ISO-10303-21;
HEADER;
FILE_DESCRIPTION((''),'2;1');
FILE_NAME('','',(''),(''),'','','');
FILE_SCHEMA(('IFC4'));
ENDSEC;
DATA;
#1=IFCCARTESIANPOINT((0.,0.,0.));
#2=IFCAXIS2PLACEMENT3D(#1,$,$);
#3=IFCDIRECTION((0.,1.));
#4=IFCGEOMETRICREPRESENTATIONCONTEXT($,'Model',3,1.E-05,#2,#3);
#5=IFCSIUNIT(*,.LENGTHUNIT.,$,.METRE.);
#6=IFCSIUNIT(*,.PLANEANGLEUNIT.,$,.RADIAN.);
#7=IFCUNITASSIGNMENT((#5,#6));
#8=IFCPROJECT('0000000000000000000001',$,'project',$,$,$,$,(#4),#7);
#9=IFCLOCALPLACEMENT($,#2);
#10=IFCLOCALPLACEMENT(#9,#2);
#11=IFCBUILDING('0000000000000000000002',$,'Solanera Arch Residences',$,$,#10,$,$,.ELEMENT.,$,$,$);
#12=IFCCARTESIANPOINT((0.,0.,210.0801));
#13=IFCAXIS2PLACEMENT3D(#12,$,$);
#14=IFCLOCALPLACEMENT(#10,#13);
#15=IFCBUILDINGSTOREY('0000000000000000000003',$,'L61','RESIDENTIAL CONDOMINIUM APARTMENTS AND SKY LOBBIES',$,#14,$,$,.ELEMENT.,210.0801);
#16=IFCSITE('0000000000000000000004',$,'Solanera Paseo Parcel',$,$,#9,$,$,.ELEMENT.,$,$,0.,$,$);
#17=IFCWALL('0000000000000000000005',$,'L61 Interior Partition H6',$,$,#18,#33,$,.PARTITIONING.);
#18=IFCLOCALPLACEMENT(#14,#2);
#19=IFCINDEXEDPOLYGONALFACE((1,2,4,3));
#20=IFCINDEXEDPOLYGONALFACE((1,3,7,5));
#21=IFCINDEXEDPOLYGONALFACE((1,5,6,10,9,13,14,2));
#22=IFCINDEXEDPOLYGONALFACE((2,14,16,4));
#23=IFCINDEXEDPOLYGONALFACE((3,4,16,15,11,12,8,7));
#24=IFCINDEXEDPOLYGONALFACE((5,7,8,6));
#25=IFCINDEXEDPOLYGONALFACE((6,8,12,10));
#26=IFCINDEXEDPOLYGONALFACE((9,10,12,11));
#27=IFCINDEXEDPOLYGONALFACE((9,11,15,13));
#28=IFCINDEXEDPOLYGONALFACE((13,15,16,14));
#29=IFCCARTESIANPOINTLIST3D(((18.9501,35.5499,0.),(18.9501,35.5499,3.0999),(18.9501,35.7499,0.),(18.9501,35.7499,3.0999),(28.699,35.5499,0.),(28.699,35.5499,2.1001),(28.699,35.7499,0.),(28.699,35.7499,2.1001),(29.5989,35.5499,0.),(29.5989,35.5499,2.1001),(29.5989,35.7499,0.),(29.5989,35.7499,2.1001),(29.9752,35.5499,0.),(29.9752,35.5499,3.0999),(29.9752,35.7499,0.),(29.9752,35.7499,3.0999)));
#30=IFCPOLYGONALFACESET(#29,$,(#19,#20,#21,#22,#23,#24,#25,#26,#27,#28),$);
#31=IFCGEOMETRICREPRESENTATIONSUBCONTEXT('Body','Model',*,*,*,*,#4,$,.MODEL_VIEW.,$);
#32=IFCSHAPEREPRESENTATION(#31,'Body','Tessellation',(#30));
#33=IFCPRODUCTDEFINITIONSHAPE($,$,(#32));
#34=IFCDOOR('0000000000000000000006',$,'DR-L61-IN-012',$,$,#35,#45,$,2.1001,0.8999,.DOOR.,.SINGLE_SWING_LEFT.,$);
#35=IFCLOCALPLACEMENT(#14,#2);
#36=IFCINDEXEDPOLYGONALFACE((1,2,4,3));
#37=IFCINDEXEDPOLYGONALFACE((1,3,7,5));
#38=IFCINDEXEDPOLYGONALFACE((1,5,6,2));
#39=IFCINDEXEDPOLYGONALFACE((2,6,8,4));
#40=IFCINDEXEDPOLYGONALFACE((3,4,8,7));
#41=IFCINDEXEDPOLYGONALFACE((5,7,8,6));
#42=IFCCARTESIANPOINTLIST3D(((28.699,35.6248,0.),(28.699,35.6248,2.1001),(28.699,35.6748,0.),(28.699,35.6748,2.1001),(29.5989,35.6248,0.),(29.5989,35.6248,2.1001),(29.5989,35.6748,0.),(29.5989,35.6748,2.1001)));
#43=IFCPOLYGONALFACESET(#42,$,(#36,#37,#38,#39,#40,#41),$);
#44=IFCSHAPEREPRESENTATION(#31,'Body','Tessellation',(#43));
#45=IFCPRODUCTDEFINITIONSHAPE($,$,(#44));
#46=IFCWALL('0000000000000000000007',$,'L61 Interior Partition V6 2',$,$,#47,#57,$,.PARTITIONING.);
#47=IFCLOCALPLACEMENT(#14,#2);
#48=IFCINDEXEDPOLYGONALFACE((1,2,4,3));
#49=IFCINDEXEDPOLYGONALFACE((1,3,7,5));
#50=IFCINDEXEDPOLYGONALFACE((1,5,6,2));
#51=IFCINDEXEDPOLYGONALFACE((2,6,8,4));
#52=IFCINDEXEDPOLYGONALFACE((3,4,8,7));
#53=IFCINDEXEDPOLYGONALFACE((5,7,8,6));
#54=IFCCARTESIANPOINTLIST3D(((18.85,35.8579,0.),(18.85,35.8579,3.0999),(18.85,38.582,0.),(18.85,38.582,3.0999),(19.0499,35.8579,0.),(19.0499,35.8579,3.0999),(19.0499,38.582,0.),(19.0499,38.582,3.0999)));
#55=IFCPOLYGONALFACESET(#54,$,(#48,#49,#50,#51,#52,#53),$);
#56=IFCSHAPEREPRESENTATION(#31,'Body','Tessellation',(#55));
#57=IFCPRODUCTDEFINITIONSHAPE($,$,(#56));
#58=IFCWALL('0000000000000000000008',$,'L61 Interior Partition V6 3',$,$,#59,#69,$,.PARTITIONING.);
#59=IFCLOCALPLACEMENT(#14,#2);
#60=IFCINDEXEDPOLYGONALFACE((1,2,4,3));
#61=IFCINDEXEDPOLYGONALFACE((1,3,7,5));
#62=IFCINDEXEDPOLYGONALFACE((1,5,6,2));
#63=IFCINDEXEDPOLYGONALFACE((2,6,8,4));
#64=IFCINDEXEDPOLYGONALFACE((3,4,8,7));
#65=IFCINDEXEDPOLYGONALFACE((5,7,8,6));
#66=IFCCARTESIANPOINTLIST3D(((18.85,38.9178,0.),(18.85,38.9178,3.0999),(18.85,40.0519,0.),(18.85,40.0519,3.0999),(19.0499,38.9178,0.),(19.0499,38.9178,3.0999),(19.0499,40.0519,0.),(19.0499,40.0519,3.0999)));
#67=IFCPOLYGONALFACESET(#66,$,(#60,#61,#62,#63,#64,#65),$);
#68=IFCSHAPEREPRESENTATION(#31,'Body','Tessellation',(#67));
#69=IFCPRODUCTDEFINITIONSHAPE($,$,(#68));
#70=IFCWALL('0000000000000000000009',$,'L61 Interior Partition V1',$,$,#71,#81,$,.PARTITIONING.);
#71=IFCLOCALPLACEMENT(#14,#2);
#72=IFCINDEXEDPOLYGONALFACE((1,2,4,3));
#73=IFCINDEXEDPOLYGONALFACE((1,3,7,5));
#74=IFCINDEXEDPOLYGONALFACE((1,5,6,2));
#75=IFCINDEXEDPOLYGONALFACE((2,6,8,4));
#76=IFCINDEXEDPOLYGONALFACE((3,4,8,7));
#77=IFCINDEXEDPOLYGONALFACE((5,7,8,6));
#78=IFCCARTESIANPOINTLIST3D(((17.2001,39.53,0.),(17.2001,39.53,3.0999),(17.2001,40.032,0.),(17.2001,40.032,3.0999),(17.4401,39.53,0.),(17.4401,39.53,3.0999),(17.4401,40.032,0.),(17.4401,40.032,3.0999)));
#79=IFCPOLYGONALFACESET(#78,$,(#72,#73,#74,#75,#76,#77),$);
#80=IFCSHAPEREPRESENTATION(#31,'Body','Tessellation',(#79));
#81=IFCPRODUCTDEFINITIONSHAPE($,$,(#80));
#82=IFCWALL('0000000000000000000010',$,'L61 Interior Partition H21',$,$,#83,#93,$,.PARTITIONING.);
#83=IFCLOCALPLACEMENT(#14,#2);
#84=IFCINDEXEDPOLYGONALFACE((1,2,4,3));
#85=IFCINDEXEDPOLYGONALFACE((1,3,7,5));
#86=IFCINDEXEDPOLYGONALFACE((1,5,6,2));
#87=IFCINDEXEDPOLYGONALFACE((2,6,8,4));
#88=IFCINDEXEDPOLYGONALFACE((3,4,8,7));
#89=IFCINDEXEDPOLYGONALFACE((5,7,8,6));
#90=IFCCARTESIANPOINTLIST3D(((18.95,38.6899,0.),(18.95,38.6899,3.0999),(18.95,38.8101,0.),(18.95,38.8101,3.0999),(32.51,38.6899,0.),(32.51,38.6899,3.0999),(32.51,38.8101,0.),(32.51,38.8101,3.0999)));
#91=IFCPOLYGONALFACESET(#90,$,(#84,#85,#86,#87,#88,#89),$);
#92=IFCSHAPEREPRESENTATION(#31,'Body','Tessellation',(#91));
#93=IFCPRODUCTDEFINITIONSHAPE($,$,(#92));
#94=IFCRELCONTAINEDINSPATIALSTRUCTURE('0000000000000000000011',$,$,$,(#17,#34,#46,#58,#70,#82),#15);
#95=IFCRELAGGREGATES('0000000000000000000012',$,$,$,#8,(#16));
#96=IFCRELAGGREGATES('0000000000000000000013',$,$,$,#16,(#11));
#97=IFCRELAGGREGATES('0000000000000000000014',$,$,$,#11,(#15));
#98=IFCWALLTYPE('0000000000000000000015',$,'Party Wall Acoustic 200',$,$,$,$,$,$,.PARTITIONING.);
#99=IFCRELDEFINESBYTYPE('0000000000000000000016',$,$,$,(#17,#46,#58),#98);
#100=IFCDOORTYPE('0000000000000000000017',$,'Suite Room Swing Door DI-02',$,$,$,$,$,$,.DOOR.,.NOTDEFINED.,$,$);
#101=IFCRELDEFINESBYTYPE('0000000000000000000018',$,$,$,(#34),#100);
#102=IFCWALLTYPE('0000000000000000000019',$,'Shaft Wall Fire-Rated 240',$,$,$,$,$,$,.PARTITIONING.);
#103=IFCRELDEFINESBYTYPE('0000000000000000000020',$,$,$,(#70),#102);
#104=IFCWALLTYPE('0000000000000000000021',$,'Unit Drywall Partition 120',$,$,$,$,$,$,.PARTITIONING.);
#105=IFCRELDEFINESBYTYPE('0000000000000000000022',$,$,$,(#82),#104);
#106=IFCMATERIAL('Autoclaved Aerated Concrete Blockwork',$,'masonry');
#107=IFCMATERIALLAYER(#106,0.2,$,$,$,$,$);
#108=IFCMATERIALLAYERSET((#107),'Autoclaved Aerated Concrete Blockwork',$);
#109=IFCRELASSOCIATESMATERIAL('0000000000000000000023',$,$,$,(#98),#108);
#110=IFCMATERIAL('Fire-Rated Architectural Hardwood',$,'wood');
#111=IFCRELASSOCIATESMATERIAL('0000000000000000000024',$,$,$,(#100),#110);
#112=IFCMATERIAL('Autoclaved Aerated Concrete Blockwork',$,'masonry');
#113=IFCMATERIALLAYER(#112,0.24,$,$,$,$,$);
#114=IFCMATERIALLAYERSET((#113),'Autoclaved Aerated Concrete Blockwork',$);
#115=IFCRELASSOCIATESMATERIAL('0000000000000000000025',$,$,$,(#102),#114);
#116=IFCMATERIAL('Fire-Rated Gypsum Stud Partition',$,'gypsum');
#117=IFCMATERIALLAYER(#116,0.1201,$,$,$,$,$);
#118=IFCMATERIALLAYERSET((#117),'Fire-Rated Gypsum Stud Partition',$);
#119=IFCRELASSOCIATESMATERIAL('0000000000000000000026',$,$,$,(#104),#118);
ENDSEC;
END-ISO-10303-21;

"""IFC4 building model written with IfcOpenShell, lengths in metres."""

from ifc_helpers import new_model, si_unit, direction, frame, frame_2d, origin, place, context, subcontext, project, spatial, rectangle, extrude, material, layer, layer_set, type_object, element, fill, save


model = new_model("IFC4")

# Units and contexts
model_context = context("Model", 3, precision=1e-05, world=origin(), true_north=direction((0.0, 1.0)))
body_context = subcontext(model_context, "Body", "Model", "MODEL_VIEW")
ifc_project = project(units=[si_unit("LENGTHUNIT", "METRE"), si_unit("PLANEANGLEUNIT", "RADIAN")], contexts=[model_context])

# Site, building, storey
site_placement = place(None, origin())
site = spatial("IfcSite", under=ifc_project, at=site_placement, Name="Solanera Paseo Parcel", CompositionType="ELEMENT", RefElevation=0.0)
building_placement = place(site_placement, origin())
building = spatial("IfcBuilding", under=site, at=building_placement, Name="Solanera Arch Residences", CompositionType="ELEMENT")
storey_placement = place(building_placement, frame((0.0, 0.0, 210.0801)))
storey = spatial("IfcBuildingStorey", under=building, at=storey_placement, Name="L61", Description="RESIDENTIAL CONDOMINIUM APARTMENTS AND SKY LOBBIES", CompositionType="ELEMENT", Elevation=210.0801)

# Wall, opening, door
ifc_material_1 = material(Name="Autoclaved Aerated Concrete Blockwork", Category="masonry")
ifc_layer_1 = layer(ifc_material_1, 0.2)
ifc_layer_set_1 = layer_set([ifc_layer_1], Name="Autoclaved Aerated Concrete Blockwork")
wall_type_1 = type_object("IfcWallType", Name="Party Wall Acoustic 200", PredefinedType="PARTITIONING", material=ifc_layer_set_1)
wall_1_placement = place(storey_placement, frame((18.95, 35.6499, 0.0), z_axis=(0.0, 0.0, 1.0), x_axis=(1.0, 0.0, 0.0)))
wall_1 = element("IfcWall", 1, at=wall_1_placement, inside=storey, type_object=wall_type_1, Name="L61 Interior Partition H6", PredefinedType="PARTITIONING", context=body_context, shape_type="SweptSolid", body=[
    extrude(rectangle(XDim=11.0251, YDim=0.2, at=frame_2d((5.5127, 0.0))), origin(), (0.0, 0.0, 1.0), 3.0999),
])
opening_placement = place(wall_1_placement, frame((9.749, 0.0, 0.0)))
opening = element("IfcOpeningElement", 2, at=opening_placement, cuts=wall_1, PredefinedType="OPENING", context=body_context, shape_type="SweptSolid", body=[
    extrude(rectangle(XDim=0.8999, YDim=2.1001, at=frame_2d((0.45, 1.05))), frame((0.0, 0.1101, 0.0), z_axis=(0.0, -1.0, 0.0), x_axis=(1.0, 0.0, 0.0)), (0.0, 0.0, 1.0), 0.22),
])
ifc_material_2 = material(Name="Fire-Rated Architectural Hardwood", Category="wood")
door_type = type_object("IfcDoorType", Name="Suite Room Swing Door DI-02", OperationType="NOTDEFINED", PredefinedType="DOOR", material=ifc_material_2)
door_placement = place(opening_placement, origin())
door = element("IfcDoor", 3, at=door_placement, inside=storey, type_object=door_type, Name="DR-L61-IN-012", OperationType="SINGLE_SWING_LEFT", OverallHeight=2.1001, OverallWidth=0.8999, PredefinedType="DOOR", context=body_context, shape_type="SweptSolid", body=[
    extrude(rectangle(XDim=0.8999, YDim=2.1001, at=frame_2d((0.45, 1.05))), frame((0.0, 0.0249, 0.0), z_axis=(0.0, -1.0, 0.0), x_axis=(1.0, 0.0, 0.0)), (0.0, 0.0, 1.0), 0.05),
])
fill(opening, door)

# Walls
wall_2_placement = place(storey_placement, frame((18.95, 35.8579, 0.0), z_axis=(0.0, 0.0, 1.0), x_axis=(0.0, 1.0, 0.0)))
element("IfcWall", 4, at=wall_2_placement, inside=storey, type_object=wall_type_1, Name="L61 Interior Partition V6 2", PredefinedType="PARTITIONING", context=body_context, shape_type="SweptSolid", body=[
    extrude(rectangle(XDim=2.7241, YDim=0.2, at=frame_2d((1.3621, 0.0))), origin(), (0.0, 0.0, 1.0), 3.0999),
])
wall_3_placement = place(storey_placement, frame((18.95, 38.918, 0.0), z_axis=(0.0, 0.0, 1.0), x_axis=(0.0, 1.0, 0.0)))
element("IfcWall", 5, at=wall_3_placement, inside=storey, type_object=wall_type_1, Name="L61 Interior Partition V6 3", PredefinedType="PARTITIONING", context=body_context, shape_type="SweptSolid", body=[
    extrude(rectangle(XDim=1.134, YDim=0.2, at=frame_2d((0.5669, 0.0))), origin(), (0.0, 0.0, 1.0), 3.0999),
])
ifc_material_3 = material(Name="Autoclaved Aerated Concrete Blockwork", Category="masonry")
ifc_layer_2 = layer(ifc_material_3, 0.24)
ifc_layer_set_2 = layer_set([ifc_layer_2], Name="Autoclaved Aerated Concrete Blockwork")
wall_type_2 = type_object("IfcWallType", Name="Shaft Wall Fire-Rated 240", PredefinedType="PARTITIONING", material=ifc_layer_set_2)
wall_4_placement = place(storey_placement, frame((17.3201, 39.53, 0.0), z_axis=(0.0, 0.0, 1.0), x_axis=(0.0, 1.0, 0.0)))
element("IfcWall", 6, at=wall_4_placement, inside=storey, type_object=wall_type_2, Name="L61 Interior Partition V1", PredefinedType="PARTITIONING", context=body_context, shape_type="SweptSolid", body=[
    extrude(rectangle(XDim=0.502, YDim=0.24, at=frame_2d((0.251, 0.0))), origin(), (0.0, 0.0, 1.0), 3.0999),
])
ifc_material_4 = material(Name="Fire-Rated Gypsum Stud Partition", Category="gypsum")
ifc_layer_3 = layer(ifc_material_4, 0.1201)
ifc_layer_set_3 = layer_set([ifc_layer_3], Name="Fire-Rated Gypsum Stud Partition")
wall_type_3 = type_object("IfcWallType", Name="Unit Drywall Partition 120", PredefinedType="PARTITIONING", material=ifc_layer_set_3)
wall_5_placement = place(storey_placement, frame((18.95, 38.75, 0.0), z_axis=(0.0, 0.0, 1.0), x_axis=(1.0, 0.0, 0.0)))
element("IfcWall", 7, at=wall_5_placement, inside=storey, type_object=wall_type_3, Name="L61 Interior Partition H21", PredefinedType="PARTITIONING", context=body_context, shape_type="SweptSolid", body=[
    extrude(rectangle(XDim=13.5601, YDim=0.1201, at=frame_2d((6.78, 0.0))), origin(), (0.0, 0.0, 1.0), 3.0999),
])

save(model, "model.ifc")
